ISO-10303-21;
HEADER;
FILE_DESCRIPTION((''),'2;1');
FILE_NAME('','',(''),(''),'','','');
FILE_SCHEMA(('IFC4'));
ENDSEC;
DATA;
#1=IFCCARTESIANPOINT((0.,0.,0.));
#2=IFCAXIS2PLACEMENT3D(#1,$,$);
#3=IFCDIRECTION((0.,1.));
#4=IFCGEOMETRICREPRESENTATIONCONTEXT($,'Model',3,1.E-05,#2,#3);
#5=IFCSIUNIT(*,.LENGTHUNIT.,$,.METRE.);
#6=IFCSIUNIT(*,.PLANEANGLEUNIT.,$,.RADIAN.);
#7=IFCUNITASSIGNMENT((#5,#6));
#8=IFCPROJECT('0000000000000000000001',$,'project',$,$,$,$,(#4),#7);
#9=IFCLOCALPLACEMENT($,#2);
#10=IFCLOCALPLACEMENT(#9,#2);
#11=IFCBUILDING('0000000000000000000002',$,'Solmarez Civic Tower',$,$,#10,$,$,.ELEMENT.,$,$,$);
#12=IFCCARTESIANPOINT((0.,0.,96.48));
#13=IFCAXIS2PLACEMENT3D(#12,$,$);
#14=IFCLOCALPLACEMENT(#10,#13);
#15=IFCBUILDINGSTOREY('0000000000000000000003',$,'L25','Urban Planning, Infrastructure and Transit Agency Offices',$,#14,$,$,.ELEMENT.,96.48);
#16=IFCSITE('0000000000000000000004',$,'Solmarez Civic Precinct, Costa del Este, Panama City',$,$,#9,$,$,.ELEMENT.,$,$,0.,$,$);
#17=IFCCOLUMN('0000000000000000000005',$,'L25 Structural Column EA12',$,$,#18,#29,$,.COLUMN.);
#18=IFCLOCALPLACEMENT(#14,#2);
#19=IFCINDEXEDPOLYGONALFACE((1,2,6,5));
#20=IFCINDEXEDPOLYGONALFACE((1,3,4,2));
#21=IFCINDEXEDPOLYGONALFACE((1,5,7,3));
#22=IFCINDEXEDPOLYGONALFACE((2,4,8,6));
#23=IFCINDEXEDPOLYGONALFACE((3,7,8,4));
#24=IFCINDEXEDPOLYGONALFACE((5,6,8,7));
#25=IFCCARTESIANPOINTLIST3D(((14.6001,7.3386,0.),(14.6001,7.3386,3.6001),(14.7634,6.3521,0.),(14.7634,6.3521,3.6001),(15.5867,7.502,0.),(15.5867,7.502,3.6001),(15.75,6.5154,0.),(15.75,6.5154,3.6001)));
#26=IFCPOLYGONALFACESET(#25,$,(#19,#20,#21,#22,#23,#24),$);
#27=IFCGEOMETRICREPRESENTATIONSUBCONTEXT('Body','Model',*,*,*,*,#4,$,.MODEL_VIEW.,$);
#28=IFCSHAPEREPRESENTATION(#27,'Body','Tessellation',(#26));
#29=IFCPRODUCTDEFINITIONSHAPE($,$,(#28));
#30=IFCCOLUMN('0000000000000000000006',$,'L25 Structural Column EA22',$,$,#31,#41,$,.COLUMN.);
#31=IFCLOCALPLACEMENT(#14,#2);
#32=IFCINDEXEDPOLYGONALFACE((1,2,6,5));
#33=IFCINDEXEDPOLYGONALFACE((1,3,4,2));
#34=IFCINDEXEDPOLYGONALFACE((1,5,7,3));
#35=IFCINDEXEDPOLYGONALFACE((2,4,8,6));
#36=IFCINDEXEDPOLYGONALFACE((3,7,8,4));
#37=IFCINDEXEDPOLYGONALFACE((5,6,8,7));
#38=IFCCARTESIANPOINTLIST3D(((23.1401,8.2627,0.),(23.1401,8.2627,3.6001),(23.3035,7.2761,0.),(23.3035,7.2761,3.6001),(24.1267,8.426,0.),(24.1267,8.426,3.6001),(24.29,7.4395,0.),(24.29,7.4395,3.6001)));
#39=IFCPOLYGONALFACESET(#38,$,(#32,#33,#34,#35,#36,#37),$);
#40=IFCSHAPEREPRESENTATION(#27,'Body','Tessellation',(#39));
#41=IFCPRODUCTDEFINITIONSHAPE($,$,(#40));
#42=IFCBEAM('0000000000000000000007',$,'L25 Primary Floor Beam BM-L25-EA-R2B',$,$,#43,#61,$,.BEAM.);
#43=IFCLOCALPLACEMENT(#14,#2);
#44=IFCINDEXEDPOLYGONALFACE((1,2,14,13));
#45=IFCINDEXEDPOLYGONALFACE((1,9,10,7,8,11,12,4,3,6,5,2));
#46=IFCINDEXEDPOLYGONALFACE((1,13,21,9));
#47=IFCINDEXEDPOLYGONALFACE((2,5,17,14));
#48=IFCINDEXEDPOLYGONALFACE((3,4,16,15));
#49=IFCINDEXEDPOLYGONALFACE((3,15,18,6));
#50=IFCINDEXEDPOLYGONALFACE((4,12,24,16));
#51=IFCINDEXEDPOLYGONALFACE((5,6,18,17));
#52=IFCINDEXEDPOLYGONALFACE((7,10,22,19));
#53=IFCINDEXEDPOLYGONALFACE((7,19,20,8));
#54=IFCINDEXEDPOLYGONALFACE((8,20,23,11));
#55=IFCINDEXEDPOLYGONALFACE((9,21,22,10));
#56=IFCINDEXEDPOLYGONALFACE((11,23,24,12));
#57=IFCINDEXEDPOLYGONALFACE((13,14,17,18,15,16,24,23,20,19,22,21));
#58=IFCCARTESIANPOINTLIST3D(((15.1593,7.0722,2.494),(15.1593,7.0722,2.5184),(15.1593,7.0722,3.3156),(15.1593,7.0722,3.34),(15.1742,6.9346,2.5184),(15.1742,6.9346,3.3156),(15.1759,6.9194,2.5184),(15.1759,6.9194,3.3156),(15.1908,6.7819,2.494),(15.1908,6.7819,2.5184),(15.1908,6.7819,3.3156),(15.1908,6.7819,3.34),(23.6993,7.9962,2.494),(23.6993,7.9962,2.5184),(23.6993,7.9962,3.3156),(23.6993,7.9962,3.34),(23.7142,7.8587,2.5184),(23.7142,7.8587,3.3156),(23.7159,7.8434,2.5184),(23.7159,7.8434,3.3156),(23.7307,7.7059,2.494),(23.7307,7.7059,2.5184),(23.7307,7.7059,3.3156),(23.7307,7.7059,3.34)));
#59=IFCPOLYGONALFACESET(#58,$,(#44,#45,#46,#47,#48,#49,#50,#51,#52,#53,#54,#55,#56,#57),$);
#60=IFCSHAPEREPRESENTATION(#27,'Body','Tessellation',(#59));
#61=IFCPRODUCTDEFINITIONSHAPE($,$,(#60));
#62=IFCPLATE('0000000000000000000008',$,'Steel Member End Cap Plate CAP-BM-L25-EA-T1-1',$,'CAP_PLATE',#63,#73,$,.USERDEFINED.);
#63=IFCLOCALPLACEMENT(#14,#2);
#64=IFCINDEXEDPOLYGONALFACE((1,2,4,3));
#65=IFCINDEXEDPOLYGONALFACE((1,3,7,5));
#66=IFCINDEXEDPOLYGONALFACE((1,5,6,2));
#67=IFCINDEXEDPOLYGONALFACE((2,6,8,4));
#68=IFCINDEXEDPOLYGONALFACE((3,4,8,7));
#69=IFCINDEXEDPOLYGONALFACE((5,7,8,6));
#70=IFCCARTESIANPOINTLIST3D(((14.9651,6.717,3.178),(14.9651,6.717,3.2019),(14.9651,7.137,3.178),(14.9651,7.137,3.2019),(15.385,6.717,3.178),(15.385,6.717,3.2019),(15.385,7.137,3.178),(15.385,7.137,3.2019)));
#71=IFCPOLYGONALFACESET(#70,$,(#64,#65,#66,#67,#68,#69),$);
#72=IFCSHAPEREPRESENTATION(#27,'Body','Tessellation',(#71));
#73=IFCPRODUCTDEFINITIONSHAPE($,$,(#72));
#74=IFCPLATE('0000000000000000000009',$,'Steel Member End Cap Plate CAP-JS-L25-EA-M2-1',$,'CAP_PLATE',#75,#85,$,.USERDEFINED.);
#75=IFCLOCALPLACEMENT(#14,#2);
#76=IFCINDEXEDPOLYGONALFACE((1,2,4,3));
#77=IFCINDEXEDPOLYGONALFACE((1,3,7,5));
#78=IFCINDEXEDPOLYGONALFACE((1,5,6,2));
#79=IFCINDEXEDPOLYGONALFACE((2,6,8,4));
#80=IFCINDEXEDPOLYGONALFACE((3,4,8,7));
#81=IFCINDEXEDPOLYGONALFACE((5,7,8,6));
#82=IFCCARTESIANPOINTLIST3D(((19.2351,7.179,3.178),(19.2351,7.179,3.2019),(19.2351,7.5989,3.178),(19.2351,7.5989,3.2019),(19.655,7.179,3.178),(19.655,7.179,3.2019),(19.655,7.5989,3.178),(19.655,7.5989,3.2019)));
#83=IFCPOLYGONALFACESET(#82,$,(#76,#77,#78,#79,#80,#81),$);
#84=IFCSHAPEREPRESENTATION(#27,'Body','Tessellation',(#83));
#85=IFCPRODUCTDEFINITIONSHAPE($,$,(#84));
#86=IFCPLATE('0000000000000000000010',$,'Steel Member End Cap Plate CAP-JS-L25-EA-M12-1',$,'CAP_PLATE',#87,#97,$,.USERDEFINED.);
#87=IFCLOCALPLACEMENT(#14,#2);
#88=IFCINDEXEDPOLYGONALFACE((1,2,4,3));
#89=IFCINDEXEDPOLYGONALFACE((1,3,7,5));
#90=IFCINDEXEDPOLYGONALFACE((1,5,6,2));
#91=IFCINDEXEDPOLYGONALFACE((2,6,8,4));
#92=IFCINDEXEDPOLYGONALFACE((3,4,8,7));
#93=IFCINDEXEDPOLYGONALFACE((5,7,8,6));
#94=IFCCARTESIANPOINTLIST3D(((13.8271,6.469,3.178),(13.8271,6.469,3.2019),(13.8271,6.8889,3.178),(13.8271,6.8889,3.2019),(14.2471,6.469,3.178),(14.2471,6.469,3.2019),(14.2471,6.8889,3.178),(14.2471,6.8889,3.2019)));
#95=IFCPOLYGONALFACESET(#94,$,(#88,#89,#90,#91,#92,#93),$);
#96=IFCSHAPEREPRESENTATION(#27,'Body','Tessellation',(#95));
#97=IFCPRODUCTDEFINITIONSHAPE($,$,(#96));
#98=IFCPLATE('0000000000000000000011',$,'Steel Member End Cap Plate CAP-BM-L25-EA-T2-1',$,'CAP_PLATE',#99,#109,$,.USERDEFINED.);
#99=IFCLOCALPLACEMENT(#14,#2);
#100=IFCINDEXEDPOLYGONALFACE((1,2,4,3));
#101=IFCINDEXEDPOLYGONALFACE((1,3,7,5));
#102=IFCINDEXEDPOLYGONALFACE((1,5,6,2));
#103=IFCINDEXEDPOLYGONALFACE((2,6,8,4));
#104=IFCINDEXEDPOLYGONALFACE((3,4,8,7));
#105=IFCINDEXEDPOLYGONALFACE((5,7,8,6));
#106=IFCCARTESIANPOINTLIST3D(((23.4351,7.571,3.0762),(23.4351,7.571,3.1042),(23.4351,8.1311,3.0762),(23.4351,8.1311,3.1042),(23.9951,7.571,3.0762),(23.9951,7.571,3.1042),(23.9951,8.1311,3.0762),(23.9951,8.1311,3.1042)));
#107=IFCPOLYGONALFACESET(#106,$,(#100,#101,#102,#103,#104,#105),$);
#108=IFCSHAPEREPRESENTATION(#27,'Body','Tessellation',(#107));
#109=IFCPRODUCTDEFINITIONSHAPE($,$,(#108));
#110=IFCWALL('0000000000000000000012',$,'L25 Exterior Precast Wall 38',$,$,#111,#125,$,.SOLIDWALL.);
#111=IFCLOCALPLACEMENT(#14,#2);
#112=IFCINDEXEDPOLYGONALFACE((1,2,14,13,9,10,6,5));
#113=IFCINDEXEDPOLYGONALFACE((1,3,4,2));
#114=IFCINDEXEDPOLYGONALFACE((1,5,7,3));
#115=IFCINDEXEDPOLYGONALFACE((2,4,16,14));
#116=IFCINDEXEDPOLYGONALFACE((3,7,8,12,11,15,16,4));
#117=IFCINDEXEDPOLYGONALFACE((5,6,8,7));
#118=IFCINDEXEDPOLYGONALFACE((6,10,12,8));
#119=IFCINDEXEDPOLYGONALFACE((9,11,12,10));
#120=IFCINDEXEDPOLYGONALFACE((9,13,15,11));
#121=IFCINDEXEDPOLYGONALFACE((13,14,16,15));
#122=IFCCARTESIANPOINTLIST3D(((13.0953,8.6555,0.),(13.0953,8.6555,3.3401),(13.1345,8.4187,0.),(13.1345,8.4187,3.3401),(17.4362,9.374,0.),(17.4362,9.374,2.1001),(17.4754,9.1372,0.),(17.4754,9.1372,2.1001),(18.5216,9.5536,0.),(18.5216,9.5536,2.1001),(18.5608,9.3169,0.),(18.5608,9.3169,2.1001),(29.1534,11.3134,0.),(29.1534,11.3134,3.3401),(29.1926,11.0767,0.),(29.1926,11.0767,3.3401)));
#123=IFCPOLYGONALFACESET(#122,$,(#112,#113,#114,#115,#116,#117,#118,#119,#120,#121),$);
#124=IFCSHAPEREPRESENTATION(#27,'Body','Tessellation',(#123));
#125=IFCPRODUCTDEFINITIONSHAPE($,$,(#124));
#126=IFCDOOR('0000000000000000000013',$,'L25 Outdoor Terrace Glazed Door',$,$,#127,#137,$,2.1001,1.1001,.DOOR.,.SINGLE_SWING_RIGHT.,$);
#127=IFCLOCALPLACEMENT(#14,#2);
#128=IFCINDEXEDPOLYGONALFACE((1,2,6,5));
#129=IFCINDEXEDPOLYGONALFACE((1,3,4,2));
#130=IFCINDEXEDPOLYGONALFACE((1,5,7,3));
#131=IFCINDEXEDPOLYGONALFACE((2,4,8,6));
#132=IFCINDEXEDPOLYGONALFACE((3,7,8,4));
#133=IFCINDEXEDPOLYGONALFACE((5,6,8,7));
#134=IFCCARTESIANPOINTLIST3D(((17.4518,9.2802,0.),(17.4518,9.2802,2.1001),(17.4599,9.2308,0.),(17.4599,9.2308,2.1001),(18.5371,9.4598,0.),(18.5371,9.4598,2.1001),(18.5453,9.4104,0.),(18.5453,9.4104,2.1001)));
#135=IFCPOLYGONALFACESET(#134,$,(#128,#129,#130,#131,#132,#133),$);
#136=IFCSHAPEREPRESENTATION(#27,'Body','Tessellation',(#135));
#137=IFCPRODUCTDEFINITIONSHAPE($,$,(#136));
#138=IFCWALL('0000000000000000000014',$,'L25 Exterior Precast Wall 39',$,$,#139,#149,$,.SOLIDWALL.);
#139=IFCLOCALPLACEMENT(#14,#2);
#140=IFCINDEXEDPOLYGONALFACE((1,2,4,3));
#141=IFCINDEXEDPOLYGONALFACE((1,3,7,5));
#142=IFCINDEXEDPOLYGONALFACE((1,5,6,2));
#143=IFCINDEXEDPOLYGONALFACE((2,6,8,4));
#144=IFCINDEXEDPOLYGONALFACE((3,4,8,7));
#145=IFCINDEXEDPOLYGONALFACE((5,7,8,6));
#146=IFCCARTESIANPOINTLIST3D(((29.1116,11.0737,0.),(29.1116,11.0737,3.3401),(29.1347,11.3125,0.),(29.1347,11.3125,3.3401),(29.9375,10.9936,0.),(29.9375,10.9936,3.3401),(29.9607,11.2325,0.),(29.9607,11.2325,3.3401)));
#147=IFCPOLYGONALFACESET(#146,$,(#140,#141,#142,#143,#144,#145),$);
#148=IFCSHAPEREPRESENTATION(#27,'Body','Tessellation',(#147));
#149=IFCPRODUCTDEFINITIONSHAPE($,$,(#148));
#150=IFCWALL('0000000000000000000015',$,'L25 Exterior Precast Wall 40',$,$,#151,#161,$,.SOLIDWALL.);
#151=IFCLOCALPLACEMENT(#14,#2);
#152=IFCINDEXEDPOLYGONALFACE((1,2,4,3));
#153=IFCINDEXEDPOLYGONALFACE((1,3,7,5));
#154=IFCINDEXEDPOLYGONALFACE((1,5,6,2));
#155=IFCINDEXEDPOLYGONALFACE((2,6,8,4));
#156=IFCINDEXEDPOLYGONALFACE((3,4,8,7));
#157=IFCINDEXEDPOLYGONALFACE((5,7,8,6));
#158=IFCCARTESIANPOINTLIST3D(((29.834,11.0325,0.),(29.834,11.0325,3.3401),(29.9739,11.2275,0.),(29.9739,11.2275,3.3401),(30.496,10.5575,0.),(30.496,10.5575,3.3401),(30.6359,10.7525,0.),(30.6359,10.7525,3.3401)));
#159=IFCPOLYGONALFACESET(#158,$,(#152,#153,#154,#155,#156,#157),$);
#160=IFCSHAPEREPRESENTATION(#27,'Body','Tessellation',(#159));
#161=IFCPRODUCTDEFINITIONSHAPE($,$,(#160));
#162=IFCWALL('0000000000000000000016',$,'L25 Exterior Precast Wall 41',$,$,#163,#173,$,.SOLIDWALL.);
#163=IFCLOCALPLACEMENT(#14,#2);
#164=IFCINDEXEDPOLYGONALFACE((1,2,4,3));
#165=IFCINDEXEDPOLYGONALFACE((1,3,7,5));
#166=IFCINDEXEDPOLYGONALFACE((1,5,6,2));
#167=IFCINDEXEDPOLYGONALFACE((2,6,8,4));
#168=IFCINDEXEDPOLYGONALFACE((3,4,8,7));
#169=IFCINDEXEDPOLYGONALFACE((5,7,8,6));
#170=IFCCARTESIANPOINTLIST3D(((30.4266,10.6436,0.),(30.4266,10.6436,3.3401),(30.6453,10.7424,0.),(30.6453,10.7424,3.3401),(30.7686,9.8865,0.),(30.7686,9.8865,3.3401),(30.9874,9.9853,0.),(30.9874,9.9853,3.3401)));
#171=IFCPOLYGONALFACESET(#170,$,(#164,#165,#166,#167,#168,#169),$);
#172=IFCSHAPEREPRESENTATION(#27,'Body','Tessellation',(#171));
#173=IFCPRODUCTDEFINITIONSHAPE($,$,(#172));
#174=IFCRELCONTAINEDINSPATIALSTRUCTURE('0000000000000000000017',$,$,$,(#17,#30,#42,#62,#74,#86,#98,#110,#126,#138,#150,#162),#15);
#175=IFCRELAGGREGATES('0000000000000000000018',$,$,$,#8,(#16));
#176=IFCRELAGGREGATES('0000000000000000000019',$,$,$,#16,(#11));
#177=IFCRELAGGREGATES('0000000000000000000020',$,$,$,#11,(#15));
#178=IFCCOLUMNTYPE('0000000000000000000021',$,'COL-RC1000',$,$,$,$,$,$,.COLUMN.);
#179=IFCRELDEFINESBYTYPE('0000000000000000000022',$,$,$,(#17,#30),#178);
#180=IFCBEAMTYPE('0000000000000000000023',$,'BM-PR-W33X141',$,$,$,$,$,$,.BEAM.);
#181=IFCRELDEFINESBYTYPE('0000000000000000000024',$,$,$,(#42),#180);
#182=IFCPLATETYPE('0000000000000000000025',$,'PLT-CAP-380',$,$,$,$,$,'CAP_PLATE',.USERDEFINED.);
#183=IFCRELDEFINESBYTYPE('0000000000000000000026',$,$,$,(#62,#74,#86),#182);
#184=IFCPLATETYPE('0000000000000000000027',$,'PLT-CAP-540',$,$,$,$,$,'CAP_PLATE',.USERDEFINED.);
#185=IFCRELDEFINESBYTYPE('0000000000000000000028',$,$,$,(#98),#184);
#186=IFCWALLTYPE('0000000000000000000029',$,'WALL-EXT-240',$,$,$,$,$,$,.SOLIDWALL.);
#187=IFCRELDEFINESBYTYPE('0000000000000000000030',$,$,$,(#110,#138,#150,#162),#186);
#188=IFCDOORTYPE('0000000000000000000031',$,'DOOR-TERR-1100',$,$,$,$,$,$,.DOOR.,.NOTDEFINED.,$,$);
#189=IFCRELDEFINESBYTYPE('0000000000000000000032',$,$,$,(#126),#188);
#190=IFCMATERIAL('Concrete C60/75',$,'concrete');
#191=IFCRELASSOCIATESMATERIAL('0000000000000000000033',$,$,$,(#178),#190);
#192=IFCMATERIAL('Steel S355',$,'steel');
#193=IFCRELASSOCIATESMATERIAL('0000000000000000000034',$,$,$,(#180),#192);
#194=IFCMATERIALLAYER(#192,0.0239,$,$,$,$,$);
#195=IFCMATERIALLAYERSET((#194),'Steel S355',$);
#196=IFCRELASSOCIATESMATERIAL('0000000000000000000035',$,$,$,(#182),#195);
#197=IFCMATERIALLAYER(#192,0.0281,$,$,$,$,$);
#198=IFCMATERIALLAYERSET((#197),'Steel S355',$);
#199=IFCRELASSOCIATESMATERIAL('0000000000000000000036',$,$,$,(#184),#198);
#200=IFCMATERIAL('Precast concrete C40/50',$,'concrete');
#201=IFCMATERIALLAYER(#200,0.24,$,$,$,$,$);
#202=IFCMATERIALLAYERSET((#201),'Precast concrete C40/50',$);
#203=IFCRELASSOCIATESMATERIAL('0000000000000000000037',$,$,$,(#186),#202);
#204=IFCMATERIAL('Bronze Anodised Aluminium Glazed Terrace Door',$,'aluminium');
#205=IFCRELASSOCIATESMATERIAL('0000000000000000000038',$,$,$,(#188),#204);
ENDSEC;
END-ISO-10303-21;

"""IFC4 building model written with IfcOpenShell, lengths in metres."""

from ifc_helpers import new_model, si_unit, direction, frame, frame_2d, origin, origin_2d, place, context, subcontext, project, spatial, rectangle, i_section, extrude, material, layer, layer_set, material_profile, profile_set, type_object, element, fill, save


model = new_model("IFC4")

# Units and contexts
model_context = context("Model", 3, precision=1e-05, world=origin(), true_north=direction((0.0, 1.0)))
body_context = subcontext(model_context, "Body", "Model", "MODEL_VIEW")
ifc_project = project(units=[si_unit("LENGTHUNIT", "METRE"), si_unit("PLANEANGLEUNIT", "RADIAN")], contexts=[model_context])

# Site, building, storey
site_placement = place(None, origin())
site = spatial("IfcSite", under=ifc_project, at=site_placement, Name="Solmarez Civic Precinct, Costa del Este, Panama City", CompositionType="ELEMENT", RefElevation=0.0)
building_placement = place(site_placement, origin())
building = spatial("IfcBuilding", under=site, at=building_placement, Name="Solmarez Civic Tower", CompositionType="ELEMENT")
storey_placement = place(building_placement, frame((0.0, 0.0, 96.48)))
storey = spatial("IfcBuildingStorey", under=building, at=storey_placement, Name="L25", Description="Urban Planning, Infrastructure and Transit Agency Offices", CompositionType="ELEMENT", Elevation=96.48)

# Columns
ifc_material_1 = material(Name="Concrete C60/75", Category="concrete")
ifc_material_profile_1 = material_profile(ifc_material_1, rectangle(XDim=1.0, YDim=1.0, at=origin_2d()), Name="RC1000X1000")
ifc_profile_set_1 = profile_set([ifc_material_profile_1], Name="Concrete C60/75")
column_type = type_object("IfcColumnType", Name="COL-RC1000", PredefinedType="COLUMN", material=ifc_profile_set_1)
for number, where, z_axis, x_axis, name in (
    (1, (15.175, 6.927, 0.0), (0.0, 0.0, 1.0), (0.986572, 0.163326, 0.0), "L25 Structural Column EA12"),
    (2, (23.7151, 7.8511, 0.0), (0.0, 0.0, 1.0), (0.986572, 0.163326, 0.0), "L25 Structural Column EA22"),
):
    element("IfcColumn", number, at=place(storey_placement, frame(where, z_axis=z_axis, x_axis=x_axis)), inside=storey, type_object=column_type, Name=name, PredefinedType="COLUMN", context=body_context, shape_type="SweptSolid", body=[
        extrude(rectangle(XDim=1.0, YDim=1.0, at=origin_2d()), origin(), (0.0, 0.0, 1.0), 3.6001),
    ])

# Beam
ifc_material_2 = material(Name="Steel S355", Category="steel")
ifc_material_profile_2 = material_profile(ifc_material_2, i_section(OverallWidth=0.292, OverallDepth=0.8459, WebThickness=0.0154, FlangeThickness=0.0244, at=origin_2d()), Name="W33X141")
ifc_profile_set_2 = profile_set([ifc_material_profile_2], Name="Steel S355")
beam_type = type_object("IfcBeamType", Name="BM-PR-W33X141", PredefinedType="BEAM", material=ifc_profile_set_2)
beam_placement = place(storey_placement, frame((15.175, 6.927, 2.917), z_axis=(0.994197, 0.107577, 0.0), x_axis=(-0.107577, 0.994197, 0.0)))
element("IfcBeam", 3, at=beam_placement, inside=storey, type_object=beam_type, Name="L25 Primary Floor Beam BM-L25-EA-R2B", PredefinedType="BEAM", context=body_context, shape_type="SweptSolid", body=[
    extrude(i_section(OverallWidth=0.292, OverallDepth=0.8459, WebThickness=0.0154, FlangeThickness=0.0244, at=origin_2d()), origin(), (0.0, 0.0, 1.0), 8.5898),
])

# Plates
ifc_layer_1 = layer(ifc_material_2, 0.0239)
ifc_layer_set_1 = layer_set([ifc_layer_1], Name="Steel S355")
plate_type_1 = type_object("IfcPlateType", Name="PLT-CAP-380", ElementType="CAP_PLATE", PredefinedType="USERDEFINED", material=ifc_layer_set_1)
for number, where, z_axis, x_axis, name in (
    (4, (15.175, 6.927, 3.178), (0.0, 0.0, 1.0), (1.0, 0.0, 0.0), "Steel Member End Cap Plate CAP-BM-L25-EA-T1-1"),
    (5, (19.4451, 7.3889, 3.178), (0.0, 0.0, 1.0), (1.0, 0.0, 0.0), "Steel Member End Cap Plate CAP-JS-L25-EA-M2-1"),
    (6, (14.0371, 6.679, 3.178), (0.0, 0.0, 1.0), (1.0, 0.0, 0.0), "Steel Member End Cap Plate CAP-JS-L25-EA-M12-1"),
):
    element("IfcPlate", number, at=place(storey_placement, frame(where, z_axis=z_axis, x_axis=x_axis)), inside=storey, type_object=plate_type_1, Name=name, ObjectType="CAP_PLATE", PredefinedType="USERDEFINED", context=body_context, shape_type="SweptSolid", body=[
        extrude(rectangle(XDim=0.4199, YDim=0.4199, at=origin_2d()), origin(), (0.0, 0.0, 1.0), 0.0239),
    ])
ifc_layer_2 = layer(ifc_material_2, 0.0281)
ifc_layer_set_2 = layer_set([ifc_layer_2], Name="Steel S355")
plate_type_2 = type_object("IfcPlateType", Name="PLT-CAP-540", ElementType="CAP_PLATE", PredefinedType="USERDEFINED", material=ifc_layer_set_2)
plate_placement = place(storey_placement, frame((23.7151, 7.8511, 3.0762), z_axis=(0.0, 0.0, 1.0), x_axis=(1.0, 0.0, 0.0)))
element("IfcPlate", 7, at=plate_placement, inside=storey, type_object=plate_type_2, Name="Steel Member End Cap Plate CAP-BM-L25-EA-T2-1", ObjectType="CAP_PLATE", PredefinedType="USERDEFINED", context=body_context, shape_type="SweptSolid", body=[
    extrude(rectangle(XDim=0.5601, YDim=0.5601, at=origin_2d()), origin(), (0.0, 0.0, 1.0), 0.0281),
])

# Wall, opening, door
ifc_material_3 = material(Name="Precast concrete C40/50", Category="concrete")
ifc_layer_3 = layer(ifc_material_3, 0.24)
ifc_layer_set_3 = layer_set([ifc_layer_3], Name="Precast concrete C40/50")
wall_type_1 = type_object("IfcWallType", Name="WALL-EXT-240", PredefinedType="SOLIDWALL", material=ifc_layer_set_3)
wall_1_placement = place(storey_placement, frame((13.115, 8.5371, 0.0), z_axis=(0.0, 0.0, 1.0), x_axis=(0.986577, 0.163299, 0.0)))
wall_1 = element("IfcWall", 8, at=wall_1_placement, inside=storey, type_object=wall_type_1, Name="L25 Exterior Precast Wall 38", PredefinedType="SOLIDWALL", context=body_context, shape_type="SweptSolid", body=[
    extrude(rectangle(XDim=16.2766, YDim=0.24, at=frame_2d((8.1382, 0.0))), origin(), (0.0, 0.0, 1.0), 3.3401),
])
opening_1_placement = place(wall_1_placement, frame((4.3999, 0.0, 0.0)))
opening_1 = element("IfcOpeningElement", 9, at=opening_1_placement, cuts=wall_1, PredefinedType="OPENING", context=body_context, shape_type="SweptSolid", body=[
    extrude(rectangle(XDim=1.1001, YDim=2.1001, at=frame_2d((0.55, 1.05))), frame((0.0, 0.1299, 0.0), z_axis=(0.0, -1.0, 0.0), x_axis=(1.0, 0.0, 0.0)), (0.0, 0.0, 1.0), 0.26),
])
ifc_material_4 = material(Name="Bronze Anodised Aluminium Glazed Terrace Door", Category="aluminium")
door_type_1 = type_object("IfcDoorType", Name="DOOR-TERR-1100", OperationType="NOTDEFINED", PredefinedType="DOOR", material=ifc_material_4)
door_1_placement = place(opening_1_placement, origin())
door_1 = element("IfcDoor", 10, at=door_1_placement, inside=storey, type_object=door_type_1, Name="L25 Outdoor Terrace Glazed Door", OperationType="SINGLE_SWING_RIGHT", OverallHeight=2.1001, OverallWidth=1.1001, PredefinedType="DOOR", context=body_context, shape_type="SweptSolid", body=[
    extrude(rectangle(XDim=1.1001, YDim=2.1001, at=frame_2d((0.55, 1.05))), frame((0.0, 0.0249, 0.0), z_axis=(0.0, -1.0, 0.0), x_axis=(1.0, 0.0, 0.0)), (0.0, 0.0, 1.0), 0.05),
])
fill(opening_1, door_1)

# Walls
wall_2_placement = place(storey_placement, frame((29.123, 11.1931, 0.0), z_axis=(0.0, 0.0, 1.0), x_axis=(0.995333, -0.096503, 0.0)))
element("IfcWall", 11, at=wall_2_placement, inside=storey, type_object=wall_type_1, Name="L25 Exterior Precast Wall 39", PredefinedType="SOLIDWALL", context=body_context, shape_type="SweptSolid", body=[
    extrude(rectangle(XDim=0.8298, YDim=0.24, at=frame_2d((0.415, 0.0))), origin(), (0.0, 0.0, 1.0), 3.3401),
])
wall_3_placement = place(storey_placement, frame((29.9041, 11.1299, 0.0), z_axis=(0.0, 0.0, 1.0), x_axis=(0.812517, -0.582938, 0.0)))
element("IfcWall", 12, at=wall_3_placement, inside=storey, type_object=wall_type_1, Name="L25 Exterior Precast Wall 40", PredefinedType="SOLIDWALL", context=body_context, shape_type="SweptSolid", body=[
    extrude(rectangle(XDim=0.8147, YDim=0.24, at=frame_2d((0.4072, 0.0))), origin(), (0.0, 0.0, 1.0), 3.3401),
])
wall_4_placement = place(storey_placement, frame((30.5359, 10.6931, 0.0), z_axis=(0.0, 0.0, 1.0), x_axis=(0.411721, -0.91131, 0.0)))
element("IfcWall", 13, at=wall_4_placement, inside=storey, type_object=wall_type_1, Name="L25 Exterior Precast Wall 41", PredefinedType="SOLIDWALL", context=body_context, shape_type="SweptSolid", body=[
    extrude(rectangle(XDim=0.8308, YDim=0.24, at=frame_2d((0.4155, 0.0))), origin(), (0.0, 0.0, 1.0), 3.3401),
])

save(model, "model.ifc")
